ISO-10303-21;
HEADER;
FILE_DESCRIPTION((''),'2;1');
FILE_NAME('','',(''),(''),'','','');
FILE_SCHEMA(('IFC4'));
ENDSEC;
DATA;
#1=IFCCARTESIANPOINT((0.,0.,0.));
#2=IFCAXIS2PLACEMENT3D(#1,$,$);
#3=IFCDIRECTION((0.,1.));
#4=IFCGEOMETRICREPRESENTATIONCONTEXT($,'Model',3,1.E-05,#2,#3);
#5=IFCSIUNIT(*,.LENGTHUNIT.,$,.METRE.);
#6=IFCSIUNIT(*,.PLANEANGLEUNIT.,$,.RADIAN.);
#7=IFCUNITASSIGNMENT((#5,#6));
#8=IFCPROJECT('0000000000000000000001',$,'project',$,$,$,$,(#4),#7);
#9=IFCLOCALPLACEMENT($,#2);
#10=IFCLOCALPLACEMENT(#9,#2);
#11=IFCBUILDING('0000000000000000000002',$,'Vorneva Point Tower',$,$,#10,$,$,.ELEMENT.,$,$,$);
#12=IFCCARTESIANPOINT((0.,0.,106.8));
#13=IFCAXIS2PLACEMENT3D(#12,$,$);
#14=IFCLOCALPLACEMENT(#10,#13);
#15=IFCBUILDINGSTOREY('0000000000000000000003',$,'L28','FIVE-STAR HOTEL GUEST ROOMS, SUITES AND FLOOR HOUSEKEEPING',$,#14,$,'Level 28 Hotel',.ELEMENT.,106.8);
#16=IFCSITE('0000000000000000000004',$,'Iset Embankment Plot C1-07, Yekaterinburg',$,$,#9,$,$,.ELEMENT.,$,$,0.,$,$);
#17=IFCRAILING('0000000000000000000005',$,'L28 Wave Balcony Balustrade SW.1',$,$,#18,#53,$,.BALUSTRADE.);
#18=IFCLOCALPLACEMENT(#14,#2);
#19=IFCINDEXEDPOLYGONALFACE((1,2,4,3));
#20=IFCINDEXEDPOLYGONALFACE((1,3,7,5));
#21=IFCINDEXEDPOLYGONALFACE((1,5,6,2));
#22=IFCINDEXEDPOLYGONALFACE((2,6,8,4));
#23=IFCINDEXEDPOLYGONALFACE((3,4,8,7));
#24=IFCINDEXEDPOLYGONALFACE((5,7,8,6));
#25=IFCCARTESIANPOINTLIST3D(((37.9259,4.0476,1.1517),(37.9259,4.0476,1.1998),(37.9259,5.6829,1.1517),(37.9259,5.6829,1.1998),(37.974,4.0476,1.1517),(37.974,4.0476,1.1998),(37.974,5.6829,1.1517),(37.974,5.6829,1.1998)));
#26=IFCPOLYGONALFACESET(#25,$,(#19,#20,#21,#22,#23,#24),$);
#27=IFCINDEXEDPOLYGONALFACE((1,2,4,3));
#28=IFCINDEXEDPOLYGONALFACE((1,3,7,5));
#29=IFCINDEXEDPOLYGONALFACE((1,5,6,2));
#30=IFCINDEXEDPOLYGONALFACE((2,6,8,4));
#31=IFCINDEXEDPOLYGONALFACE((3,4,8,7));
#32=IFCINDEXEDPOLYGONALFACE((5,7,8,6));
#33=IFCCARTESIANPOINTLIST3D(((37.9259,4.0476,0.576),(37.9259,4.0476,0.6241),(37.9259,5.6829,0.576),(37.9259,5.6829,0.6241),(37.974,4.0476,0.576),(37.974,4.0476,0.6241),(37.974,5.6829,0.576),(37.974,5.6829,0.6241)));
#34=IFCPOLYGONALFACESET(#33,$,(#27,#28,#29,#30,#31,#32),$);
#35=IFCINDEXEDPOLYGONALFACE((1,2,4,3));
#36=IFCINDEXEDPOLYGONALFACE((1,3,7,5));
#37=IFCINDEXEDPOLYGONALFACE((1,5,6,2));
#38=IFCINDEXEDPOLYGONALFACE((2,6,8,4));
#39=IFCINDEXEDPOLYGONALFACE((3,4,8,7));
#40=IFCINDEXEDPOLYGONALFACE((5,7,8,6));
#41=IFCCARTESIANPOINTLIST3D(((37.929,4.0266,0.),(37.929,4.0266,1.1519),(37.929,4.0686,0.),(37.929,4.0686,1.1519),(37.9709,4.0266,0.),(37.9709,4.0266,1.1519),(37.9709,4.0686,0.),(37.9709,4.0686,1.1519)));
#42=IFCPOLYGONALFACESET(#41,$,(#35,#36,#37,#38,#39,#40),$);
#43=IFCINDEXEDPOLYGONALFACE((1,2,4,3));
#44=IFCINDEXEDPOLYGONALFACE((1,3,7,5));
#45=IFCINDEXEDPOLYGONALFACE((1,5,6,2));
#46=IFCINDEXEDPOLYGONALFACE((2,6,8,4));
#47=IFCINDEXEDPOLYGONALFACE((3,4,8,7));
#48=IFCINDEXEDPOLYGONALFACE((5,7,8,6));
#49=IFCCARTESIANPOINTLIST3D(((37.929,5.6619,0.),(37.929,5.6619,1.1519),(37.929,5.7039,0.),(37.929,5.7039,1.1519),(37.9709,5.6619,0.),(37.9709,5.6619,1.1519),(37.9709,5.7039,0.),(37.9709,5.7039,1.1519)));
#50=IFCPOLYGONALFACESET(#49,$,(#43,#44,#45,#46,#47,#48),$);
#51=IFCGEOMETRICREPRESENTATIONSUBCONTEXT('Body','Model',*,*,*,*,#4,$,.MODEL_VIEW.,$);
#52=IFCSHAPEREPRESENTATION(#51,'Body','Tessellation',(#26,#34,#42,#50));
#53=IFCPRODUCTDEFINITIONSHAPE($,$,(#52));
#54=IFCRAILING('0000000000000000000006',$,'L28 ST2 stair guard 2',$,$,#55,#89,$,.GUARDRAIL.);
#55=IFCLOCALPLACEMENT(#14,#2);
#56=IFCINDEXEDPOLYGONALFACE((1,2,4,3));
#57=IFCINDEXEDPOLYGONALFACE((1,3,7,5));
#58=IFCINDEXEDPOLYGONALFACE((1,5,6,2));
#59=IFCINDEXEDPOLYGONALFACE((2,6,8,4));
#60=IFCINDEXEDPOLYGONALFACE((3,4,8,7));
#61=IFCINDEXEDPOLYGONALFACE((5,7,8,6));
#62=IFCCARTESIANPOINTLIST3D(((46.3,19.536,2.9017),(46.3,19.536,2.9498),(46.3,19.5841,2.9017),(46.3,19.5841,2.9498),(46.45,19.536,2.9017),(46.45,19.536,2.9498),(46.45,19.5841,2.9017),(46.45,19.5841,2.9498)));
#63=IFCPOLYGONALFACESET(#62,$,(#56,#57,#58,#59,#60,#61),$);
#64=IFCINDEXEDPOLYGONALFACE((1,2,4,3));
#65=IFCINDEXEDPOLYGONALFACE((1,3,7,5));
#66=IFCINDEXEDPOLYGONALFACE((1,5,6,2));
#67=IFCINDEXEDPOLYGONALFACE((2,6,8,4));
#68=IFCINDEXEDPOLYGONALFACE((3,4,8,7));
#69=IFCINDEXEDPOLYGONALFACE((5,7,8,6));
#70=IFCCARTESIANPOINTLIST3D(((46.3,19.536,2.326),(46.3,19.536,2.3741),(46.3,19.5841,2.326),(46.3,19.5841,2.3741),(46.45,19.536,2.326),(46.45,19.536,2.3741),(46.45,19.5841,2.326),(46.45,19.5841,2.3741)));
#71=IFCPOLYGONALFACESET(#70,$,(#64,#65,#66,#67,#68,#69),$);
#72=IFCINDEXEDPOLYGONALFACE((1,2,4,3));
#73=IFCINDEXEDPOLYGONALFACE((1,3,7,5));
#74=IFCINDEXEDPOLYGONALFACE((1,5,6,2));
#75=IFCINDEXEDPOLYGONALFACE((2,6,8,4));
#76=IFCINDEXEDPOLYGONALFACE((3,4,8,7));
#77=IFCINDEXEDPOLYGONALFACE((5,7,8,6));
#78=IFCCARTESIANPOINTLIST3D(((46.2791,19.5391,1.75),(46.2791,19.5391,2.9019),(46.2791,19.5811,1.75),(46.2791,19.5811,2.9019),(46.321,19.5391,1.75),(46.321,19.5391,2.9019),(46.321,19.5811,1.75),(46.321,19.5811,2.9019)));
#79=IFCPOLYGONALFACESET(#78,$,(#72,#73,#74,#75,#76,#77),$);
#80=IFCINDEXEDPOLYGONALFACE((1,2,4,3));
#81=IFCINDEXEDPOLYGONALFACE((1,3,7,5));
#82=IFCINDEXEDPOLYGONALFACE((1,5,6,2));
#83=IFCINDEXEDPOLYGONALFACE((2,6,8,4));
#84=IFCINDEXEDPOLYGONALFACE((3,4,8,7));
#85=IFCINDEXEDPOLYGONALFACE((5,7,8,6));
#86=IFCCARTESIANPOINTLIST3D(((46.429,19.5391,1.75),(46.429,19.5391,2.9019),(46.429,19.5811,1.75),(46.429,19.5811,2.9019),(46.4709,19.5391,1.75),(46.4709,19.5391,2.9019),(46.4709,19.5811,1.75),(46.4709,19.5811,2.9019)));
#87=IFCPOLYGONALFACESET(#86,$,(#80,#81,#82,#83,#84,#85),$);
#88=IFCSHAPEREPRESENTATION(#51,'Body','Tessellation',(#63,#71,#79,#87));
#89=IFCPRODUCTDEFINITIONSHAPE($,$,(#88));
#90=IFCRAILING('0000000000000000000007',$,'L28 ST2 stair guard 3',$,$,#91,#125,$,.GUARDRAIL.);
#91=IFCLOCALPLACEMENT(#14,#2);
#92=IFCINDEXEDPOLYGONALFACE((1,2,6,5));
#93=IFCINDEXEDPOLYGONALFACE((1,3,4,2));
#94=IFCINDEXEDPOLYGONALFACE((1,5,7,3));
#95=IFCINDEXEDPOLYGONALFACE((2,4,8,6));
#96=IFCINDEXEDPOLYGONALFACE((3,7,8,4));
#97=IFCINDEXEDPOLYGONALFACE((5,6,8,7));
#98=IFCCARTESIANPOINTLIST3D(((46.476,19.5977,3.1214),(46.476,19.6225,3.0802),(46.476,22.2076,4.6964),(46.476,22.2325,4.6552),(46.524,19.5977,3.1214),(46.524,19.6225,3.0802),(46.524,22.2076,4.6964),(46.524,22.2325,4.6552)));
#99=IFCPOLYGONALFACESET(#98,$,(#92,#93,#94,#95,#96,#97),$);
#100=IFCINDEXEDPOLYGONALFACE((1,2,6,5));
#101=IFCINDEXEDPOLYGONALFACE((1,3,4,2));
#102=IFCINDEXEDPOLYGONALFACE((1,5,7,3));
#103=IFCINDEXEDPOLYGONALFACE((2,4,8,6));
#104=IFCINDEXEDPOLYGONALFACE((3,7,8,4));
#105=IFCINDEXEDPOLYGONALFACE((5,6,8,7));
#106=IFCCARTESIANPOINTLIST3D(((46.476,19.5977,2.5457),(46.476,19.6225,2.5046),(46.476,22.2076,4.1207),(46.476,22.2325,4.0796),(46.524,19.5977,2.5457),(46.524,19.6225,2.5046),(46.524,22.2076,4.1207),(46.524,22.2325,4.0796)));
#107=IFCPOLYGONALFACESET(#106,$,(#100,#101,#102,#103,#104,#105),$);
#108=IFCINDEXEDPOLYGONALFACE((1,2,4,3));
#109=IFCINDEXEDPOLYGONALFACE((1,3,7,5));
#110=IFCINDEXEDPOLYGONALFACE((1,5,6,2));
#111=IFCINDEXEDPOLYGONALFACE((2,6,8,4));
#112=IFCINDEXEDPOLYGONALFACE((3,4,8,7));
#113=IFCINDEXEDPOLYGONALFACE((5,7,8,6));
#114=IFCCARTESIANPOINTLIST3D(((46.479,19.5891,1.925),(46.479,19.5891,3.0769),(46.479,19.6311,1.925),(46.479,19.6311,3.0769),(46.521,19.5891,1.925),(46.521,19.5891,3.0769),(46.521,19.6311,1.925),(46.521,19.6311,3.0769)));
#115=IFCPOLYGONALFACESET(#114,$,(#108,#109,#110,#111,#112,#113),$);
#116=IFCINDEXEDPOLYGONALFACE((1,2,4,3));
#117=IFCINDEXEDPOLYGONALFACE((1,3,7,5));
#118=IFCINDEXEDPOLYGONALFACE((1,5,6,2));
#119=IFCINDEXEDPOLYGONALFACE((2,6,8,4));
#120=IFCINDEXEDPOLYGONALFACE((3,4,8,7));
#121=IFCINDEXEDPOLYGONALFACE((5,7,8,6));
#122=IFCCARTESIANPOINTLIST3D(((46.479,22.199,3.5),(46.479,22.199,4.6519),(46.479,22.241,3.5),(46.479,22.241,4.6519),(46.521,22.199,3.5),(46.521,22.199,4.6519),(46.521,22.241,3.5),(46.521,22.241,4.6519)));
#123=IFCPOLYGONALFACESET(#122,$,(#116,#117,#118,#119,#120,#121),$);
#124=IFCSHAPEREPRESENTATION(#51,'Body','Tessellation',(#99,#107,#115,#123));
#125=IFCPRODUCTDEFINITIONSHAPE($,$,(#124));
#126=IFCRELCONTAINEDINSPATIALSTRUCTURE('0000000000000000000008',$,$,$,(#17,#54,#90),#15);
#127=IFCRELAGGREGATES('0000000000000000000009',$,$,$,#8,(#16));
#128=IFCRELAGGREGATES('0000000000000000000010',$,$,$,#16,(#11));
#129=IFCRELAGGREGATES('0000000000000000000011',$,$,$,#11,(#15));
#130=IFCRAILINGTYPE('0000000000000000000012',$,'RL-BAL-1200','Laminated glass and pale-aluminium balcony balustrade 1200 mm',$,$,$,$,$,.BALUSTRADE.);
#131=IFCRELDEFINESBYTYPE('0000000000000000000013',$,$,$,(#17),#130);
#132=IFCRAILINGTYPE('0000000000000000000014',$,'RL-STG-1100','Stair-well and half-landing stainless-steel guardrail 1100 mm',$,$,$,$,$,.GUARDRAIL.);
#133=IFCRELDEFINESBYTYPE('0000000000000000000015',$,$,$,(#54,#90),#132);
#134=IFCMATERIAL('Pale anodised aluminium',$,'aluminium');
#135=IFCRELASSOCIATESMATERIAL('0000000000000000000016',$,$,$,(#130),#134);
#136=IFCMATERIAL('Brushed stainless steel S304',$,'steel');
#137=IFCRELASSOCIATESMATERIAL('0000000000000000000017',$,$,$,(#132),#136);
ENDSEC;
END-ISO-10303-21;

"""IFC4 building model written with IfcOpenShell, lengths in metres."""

from ifc_helpers import new_model, si_unit, direction, frame, origin, origin_2d, place, context, subcontext, project, spatial, rectangle, extrude, material, type_object, element, save


model = new_model("IFC4")

# Units and contexts
model_context = context("Model", 3, precision=1e-05, world=origin(), true_north=direction((0.0, 1.0)))
body_context = subcontext(model_context, "Body", "Model", "MODEL_VIEW")
ifc_project = project(units=[si_unit("LENGTHUNIT", "METRE"), si_unit("PLANEANGLEUNIT", "RADIAN")], contexts=[model_context])

# Site, building, storey
site_placement = place(None, origin())
site = spatial("IfcSite", under=ifc_project, at=site_placement, Name="Iset Embankment Plot C1-07, Yekaterinburg", CompositionType="ELEMENT", RefElevation=0.0)
building_placement = place(site_placement, origin())
building = spatial("IfcBuilding", under=site, at=building_placement, Name="Vorneva Point Tower", CompositionType="ELEMENT")
storey_placement = place(building_placement, frame((0.0, 0.0, 106.8)))
storey = spatial("IfcBuildingStorey", under=building, at=storey_placement, Name="L28", Description="FIVE-STAR HOTEL GUEST ROOMS, SUITES AND FLOOR HOUSEKEEPING", LongName="Level 28 Hotel", CompositionType="ELEMENT", Elevation=106.8)

# Shared definitions
ifc_material_1 = material(Name="Pale anodised aluminium", Category="aluminium")

# Railings
railing_type_1 = type_object("IfcRailingType", Name="RL-BAL-1200", Description="Laminated glass and pale-aluminium balcony balustrade 1200 mm", PredefinedType="BALUSTRADE", material=ifc_material_1)
railing_1_placement = place(storey_placement, frame((37.95, 4.0476, 0.0)))
element("IfcRailing", 1, at=railing_1_placement, inside=storey, type_object=railing_type_1, Name="L28 Wave Balcony Balustrade SW.1", PredefinedType="BALUSTRADE", context=body_context, shape_type="SweptSolid", body=[
    extrude(rectangle(XDim=0.0481, YDim=0.0481, at=origin_2d()), frame((0.0, 0.0, 1.1758), z_axis=(0.0, 1.0, 0.0), x_axis=(-1.0, 0.0, 0.0)), (0.0, 0.0, 1.0), 1.6353),
    extrude(rectangle(XDim=0.0481, YDim=0.0481, at=origin_2d()), frame((0.0, 0.0, 0.6001), z_axis=(0.0, 1.0, 0.0), x_axis=(-1.0, 0.0, 0.0)), (0.0, 0.0, 1.0), 1.6353),
    extrude(rectangle(XDim=0.042, YDim=0.042, at=origin_2d()), origin(), (0.0, 0.0, 1.0), 1.1519),
    extrude(rectangle(XDim=0.042, YDim=0.042, at=origin_2d()), frame((0.0, 1.6353, 0.0)), (0.0, 0.0, 1.0), 1.1519),
])
ifc_material_2 = material(Name="Brushed stainless steel S304", Category="steel")
railing_type_2 = type_object("IfcRailingType", Name="RL-STG-1100", Description="Stair-well and half-landing stainless-steel guardrail 1100 mm", PredefinedType="GUARDRAIL", material=ifc_material_2)
railing_2_placement = place(storey_placement, frame((46.3, 19.5601, 1.75)))
element("IfcRailing", 2, at=railing_2_placement, inside=storey, type_object=railing_type_2, Name="L28 ST2 stair guard 2", PredefinedType="GUARDRAIL", context=body_context, shape_type="SweptSolid", body=[
    extrude(rectangle(XDim=0.0481, YDim=0.0481, at=origin_2d()), frame((0.0, 0.0, 1.1758), z_axis=(1.0, 0.0, 0.0), x_axis=(0.0, 1.0, 0.0)), (0.0, 0.0, 1.0), 0.1499),
    extrude(rectangle(XDim=0.0481, YDim=0.0481, at=origin_2d()), frame((0.0, 0.0, 0.6001), z_axis=(1.0, 0.0, 0.0), x_axis=(0.0, 1.0, 0.0)), (0.0, 0.0, 1.0), 0.1499),
    extrude(rectangle(XDim=0.042, YDim=0.042, at=origin_2d()), origin(), (0.0, 0.0, 1.0), 1.1519),
    extrude(rectangle(XDim=0.042, YDim=0.042, at=origin_2d()), frame((0.1499, 0.0, 0.0)), (0.0, 0.0, 1.0), 1.1519),
])
railing_3_placement = place(storey_placement, frame((46.5, 19.6101, 1.925)))
element("IfcRailing", 3, at=railing_3_placement, inside=storey, type_object=railing_type_2, Name="L28 ST2 stair guard 3", PredefinedType="GUARDRAIL", context=body_context, shape_type="SweptSolid", body=[
    extrude(rectangle(XDim=0.0481, YDim=0.0481, at=origin_2d()), frame((0.0, 0.0, 1.1758), z_axis=(0.0, 0.856183, 0.516673), x_axis=(-1.0, 0.0, 0.0)), (0.0, 0.0, 1.0), 3.0483),
    extrude(rectangle(XDim=0.0481, YDim=0.0481, at=origin_2d()), frame((0.0, 0.0, 0.6001), z_axis=(0.0, 0.856183, 0.516673), x_axis=(-1.0, 0.0, 0.0)), (0.0, 0.0, 1.0), 3.0483),
    extrude(rectangle(XDim=0.042, YDim=0.042, at=origin_2d()), origin(), (0.0, 0.0, 1.0), 1.1519),
    extrude(rectangle(XDim=0.042, YDim=0.042, at=origin_2d()), frame((0.0, 2.6099, 1.575)), (0.0, 0.0, 1.0), 1.1519),
])

save(model, "model.ifc")
